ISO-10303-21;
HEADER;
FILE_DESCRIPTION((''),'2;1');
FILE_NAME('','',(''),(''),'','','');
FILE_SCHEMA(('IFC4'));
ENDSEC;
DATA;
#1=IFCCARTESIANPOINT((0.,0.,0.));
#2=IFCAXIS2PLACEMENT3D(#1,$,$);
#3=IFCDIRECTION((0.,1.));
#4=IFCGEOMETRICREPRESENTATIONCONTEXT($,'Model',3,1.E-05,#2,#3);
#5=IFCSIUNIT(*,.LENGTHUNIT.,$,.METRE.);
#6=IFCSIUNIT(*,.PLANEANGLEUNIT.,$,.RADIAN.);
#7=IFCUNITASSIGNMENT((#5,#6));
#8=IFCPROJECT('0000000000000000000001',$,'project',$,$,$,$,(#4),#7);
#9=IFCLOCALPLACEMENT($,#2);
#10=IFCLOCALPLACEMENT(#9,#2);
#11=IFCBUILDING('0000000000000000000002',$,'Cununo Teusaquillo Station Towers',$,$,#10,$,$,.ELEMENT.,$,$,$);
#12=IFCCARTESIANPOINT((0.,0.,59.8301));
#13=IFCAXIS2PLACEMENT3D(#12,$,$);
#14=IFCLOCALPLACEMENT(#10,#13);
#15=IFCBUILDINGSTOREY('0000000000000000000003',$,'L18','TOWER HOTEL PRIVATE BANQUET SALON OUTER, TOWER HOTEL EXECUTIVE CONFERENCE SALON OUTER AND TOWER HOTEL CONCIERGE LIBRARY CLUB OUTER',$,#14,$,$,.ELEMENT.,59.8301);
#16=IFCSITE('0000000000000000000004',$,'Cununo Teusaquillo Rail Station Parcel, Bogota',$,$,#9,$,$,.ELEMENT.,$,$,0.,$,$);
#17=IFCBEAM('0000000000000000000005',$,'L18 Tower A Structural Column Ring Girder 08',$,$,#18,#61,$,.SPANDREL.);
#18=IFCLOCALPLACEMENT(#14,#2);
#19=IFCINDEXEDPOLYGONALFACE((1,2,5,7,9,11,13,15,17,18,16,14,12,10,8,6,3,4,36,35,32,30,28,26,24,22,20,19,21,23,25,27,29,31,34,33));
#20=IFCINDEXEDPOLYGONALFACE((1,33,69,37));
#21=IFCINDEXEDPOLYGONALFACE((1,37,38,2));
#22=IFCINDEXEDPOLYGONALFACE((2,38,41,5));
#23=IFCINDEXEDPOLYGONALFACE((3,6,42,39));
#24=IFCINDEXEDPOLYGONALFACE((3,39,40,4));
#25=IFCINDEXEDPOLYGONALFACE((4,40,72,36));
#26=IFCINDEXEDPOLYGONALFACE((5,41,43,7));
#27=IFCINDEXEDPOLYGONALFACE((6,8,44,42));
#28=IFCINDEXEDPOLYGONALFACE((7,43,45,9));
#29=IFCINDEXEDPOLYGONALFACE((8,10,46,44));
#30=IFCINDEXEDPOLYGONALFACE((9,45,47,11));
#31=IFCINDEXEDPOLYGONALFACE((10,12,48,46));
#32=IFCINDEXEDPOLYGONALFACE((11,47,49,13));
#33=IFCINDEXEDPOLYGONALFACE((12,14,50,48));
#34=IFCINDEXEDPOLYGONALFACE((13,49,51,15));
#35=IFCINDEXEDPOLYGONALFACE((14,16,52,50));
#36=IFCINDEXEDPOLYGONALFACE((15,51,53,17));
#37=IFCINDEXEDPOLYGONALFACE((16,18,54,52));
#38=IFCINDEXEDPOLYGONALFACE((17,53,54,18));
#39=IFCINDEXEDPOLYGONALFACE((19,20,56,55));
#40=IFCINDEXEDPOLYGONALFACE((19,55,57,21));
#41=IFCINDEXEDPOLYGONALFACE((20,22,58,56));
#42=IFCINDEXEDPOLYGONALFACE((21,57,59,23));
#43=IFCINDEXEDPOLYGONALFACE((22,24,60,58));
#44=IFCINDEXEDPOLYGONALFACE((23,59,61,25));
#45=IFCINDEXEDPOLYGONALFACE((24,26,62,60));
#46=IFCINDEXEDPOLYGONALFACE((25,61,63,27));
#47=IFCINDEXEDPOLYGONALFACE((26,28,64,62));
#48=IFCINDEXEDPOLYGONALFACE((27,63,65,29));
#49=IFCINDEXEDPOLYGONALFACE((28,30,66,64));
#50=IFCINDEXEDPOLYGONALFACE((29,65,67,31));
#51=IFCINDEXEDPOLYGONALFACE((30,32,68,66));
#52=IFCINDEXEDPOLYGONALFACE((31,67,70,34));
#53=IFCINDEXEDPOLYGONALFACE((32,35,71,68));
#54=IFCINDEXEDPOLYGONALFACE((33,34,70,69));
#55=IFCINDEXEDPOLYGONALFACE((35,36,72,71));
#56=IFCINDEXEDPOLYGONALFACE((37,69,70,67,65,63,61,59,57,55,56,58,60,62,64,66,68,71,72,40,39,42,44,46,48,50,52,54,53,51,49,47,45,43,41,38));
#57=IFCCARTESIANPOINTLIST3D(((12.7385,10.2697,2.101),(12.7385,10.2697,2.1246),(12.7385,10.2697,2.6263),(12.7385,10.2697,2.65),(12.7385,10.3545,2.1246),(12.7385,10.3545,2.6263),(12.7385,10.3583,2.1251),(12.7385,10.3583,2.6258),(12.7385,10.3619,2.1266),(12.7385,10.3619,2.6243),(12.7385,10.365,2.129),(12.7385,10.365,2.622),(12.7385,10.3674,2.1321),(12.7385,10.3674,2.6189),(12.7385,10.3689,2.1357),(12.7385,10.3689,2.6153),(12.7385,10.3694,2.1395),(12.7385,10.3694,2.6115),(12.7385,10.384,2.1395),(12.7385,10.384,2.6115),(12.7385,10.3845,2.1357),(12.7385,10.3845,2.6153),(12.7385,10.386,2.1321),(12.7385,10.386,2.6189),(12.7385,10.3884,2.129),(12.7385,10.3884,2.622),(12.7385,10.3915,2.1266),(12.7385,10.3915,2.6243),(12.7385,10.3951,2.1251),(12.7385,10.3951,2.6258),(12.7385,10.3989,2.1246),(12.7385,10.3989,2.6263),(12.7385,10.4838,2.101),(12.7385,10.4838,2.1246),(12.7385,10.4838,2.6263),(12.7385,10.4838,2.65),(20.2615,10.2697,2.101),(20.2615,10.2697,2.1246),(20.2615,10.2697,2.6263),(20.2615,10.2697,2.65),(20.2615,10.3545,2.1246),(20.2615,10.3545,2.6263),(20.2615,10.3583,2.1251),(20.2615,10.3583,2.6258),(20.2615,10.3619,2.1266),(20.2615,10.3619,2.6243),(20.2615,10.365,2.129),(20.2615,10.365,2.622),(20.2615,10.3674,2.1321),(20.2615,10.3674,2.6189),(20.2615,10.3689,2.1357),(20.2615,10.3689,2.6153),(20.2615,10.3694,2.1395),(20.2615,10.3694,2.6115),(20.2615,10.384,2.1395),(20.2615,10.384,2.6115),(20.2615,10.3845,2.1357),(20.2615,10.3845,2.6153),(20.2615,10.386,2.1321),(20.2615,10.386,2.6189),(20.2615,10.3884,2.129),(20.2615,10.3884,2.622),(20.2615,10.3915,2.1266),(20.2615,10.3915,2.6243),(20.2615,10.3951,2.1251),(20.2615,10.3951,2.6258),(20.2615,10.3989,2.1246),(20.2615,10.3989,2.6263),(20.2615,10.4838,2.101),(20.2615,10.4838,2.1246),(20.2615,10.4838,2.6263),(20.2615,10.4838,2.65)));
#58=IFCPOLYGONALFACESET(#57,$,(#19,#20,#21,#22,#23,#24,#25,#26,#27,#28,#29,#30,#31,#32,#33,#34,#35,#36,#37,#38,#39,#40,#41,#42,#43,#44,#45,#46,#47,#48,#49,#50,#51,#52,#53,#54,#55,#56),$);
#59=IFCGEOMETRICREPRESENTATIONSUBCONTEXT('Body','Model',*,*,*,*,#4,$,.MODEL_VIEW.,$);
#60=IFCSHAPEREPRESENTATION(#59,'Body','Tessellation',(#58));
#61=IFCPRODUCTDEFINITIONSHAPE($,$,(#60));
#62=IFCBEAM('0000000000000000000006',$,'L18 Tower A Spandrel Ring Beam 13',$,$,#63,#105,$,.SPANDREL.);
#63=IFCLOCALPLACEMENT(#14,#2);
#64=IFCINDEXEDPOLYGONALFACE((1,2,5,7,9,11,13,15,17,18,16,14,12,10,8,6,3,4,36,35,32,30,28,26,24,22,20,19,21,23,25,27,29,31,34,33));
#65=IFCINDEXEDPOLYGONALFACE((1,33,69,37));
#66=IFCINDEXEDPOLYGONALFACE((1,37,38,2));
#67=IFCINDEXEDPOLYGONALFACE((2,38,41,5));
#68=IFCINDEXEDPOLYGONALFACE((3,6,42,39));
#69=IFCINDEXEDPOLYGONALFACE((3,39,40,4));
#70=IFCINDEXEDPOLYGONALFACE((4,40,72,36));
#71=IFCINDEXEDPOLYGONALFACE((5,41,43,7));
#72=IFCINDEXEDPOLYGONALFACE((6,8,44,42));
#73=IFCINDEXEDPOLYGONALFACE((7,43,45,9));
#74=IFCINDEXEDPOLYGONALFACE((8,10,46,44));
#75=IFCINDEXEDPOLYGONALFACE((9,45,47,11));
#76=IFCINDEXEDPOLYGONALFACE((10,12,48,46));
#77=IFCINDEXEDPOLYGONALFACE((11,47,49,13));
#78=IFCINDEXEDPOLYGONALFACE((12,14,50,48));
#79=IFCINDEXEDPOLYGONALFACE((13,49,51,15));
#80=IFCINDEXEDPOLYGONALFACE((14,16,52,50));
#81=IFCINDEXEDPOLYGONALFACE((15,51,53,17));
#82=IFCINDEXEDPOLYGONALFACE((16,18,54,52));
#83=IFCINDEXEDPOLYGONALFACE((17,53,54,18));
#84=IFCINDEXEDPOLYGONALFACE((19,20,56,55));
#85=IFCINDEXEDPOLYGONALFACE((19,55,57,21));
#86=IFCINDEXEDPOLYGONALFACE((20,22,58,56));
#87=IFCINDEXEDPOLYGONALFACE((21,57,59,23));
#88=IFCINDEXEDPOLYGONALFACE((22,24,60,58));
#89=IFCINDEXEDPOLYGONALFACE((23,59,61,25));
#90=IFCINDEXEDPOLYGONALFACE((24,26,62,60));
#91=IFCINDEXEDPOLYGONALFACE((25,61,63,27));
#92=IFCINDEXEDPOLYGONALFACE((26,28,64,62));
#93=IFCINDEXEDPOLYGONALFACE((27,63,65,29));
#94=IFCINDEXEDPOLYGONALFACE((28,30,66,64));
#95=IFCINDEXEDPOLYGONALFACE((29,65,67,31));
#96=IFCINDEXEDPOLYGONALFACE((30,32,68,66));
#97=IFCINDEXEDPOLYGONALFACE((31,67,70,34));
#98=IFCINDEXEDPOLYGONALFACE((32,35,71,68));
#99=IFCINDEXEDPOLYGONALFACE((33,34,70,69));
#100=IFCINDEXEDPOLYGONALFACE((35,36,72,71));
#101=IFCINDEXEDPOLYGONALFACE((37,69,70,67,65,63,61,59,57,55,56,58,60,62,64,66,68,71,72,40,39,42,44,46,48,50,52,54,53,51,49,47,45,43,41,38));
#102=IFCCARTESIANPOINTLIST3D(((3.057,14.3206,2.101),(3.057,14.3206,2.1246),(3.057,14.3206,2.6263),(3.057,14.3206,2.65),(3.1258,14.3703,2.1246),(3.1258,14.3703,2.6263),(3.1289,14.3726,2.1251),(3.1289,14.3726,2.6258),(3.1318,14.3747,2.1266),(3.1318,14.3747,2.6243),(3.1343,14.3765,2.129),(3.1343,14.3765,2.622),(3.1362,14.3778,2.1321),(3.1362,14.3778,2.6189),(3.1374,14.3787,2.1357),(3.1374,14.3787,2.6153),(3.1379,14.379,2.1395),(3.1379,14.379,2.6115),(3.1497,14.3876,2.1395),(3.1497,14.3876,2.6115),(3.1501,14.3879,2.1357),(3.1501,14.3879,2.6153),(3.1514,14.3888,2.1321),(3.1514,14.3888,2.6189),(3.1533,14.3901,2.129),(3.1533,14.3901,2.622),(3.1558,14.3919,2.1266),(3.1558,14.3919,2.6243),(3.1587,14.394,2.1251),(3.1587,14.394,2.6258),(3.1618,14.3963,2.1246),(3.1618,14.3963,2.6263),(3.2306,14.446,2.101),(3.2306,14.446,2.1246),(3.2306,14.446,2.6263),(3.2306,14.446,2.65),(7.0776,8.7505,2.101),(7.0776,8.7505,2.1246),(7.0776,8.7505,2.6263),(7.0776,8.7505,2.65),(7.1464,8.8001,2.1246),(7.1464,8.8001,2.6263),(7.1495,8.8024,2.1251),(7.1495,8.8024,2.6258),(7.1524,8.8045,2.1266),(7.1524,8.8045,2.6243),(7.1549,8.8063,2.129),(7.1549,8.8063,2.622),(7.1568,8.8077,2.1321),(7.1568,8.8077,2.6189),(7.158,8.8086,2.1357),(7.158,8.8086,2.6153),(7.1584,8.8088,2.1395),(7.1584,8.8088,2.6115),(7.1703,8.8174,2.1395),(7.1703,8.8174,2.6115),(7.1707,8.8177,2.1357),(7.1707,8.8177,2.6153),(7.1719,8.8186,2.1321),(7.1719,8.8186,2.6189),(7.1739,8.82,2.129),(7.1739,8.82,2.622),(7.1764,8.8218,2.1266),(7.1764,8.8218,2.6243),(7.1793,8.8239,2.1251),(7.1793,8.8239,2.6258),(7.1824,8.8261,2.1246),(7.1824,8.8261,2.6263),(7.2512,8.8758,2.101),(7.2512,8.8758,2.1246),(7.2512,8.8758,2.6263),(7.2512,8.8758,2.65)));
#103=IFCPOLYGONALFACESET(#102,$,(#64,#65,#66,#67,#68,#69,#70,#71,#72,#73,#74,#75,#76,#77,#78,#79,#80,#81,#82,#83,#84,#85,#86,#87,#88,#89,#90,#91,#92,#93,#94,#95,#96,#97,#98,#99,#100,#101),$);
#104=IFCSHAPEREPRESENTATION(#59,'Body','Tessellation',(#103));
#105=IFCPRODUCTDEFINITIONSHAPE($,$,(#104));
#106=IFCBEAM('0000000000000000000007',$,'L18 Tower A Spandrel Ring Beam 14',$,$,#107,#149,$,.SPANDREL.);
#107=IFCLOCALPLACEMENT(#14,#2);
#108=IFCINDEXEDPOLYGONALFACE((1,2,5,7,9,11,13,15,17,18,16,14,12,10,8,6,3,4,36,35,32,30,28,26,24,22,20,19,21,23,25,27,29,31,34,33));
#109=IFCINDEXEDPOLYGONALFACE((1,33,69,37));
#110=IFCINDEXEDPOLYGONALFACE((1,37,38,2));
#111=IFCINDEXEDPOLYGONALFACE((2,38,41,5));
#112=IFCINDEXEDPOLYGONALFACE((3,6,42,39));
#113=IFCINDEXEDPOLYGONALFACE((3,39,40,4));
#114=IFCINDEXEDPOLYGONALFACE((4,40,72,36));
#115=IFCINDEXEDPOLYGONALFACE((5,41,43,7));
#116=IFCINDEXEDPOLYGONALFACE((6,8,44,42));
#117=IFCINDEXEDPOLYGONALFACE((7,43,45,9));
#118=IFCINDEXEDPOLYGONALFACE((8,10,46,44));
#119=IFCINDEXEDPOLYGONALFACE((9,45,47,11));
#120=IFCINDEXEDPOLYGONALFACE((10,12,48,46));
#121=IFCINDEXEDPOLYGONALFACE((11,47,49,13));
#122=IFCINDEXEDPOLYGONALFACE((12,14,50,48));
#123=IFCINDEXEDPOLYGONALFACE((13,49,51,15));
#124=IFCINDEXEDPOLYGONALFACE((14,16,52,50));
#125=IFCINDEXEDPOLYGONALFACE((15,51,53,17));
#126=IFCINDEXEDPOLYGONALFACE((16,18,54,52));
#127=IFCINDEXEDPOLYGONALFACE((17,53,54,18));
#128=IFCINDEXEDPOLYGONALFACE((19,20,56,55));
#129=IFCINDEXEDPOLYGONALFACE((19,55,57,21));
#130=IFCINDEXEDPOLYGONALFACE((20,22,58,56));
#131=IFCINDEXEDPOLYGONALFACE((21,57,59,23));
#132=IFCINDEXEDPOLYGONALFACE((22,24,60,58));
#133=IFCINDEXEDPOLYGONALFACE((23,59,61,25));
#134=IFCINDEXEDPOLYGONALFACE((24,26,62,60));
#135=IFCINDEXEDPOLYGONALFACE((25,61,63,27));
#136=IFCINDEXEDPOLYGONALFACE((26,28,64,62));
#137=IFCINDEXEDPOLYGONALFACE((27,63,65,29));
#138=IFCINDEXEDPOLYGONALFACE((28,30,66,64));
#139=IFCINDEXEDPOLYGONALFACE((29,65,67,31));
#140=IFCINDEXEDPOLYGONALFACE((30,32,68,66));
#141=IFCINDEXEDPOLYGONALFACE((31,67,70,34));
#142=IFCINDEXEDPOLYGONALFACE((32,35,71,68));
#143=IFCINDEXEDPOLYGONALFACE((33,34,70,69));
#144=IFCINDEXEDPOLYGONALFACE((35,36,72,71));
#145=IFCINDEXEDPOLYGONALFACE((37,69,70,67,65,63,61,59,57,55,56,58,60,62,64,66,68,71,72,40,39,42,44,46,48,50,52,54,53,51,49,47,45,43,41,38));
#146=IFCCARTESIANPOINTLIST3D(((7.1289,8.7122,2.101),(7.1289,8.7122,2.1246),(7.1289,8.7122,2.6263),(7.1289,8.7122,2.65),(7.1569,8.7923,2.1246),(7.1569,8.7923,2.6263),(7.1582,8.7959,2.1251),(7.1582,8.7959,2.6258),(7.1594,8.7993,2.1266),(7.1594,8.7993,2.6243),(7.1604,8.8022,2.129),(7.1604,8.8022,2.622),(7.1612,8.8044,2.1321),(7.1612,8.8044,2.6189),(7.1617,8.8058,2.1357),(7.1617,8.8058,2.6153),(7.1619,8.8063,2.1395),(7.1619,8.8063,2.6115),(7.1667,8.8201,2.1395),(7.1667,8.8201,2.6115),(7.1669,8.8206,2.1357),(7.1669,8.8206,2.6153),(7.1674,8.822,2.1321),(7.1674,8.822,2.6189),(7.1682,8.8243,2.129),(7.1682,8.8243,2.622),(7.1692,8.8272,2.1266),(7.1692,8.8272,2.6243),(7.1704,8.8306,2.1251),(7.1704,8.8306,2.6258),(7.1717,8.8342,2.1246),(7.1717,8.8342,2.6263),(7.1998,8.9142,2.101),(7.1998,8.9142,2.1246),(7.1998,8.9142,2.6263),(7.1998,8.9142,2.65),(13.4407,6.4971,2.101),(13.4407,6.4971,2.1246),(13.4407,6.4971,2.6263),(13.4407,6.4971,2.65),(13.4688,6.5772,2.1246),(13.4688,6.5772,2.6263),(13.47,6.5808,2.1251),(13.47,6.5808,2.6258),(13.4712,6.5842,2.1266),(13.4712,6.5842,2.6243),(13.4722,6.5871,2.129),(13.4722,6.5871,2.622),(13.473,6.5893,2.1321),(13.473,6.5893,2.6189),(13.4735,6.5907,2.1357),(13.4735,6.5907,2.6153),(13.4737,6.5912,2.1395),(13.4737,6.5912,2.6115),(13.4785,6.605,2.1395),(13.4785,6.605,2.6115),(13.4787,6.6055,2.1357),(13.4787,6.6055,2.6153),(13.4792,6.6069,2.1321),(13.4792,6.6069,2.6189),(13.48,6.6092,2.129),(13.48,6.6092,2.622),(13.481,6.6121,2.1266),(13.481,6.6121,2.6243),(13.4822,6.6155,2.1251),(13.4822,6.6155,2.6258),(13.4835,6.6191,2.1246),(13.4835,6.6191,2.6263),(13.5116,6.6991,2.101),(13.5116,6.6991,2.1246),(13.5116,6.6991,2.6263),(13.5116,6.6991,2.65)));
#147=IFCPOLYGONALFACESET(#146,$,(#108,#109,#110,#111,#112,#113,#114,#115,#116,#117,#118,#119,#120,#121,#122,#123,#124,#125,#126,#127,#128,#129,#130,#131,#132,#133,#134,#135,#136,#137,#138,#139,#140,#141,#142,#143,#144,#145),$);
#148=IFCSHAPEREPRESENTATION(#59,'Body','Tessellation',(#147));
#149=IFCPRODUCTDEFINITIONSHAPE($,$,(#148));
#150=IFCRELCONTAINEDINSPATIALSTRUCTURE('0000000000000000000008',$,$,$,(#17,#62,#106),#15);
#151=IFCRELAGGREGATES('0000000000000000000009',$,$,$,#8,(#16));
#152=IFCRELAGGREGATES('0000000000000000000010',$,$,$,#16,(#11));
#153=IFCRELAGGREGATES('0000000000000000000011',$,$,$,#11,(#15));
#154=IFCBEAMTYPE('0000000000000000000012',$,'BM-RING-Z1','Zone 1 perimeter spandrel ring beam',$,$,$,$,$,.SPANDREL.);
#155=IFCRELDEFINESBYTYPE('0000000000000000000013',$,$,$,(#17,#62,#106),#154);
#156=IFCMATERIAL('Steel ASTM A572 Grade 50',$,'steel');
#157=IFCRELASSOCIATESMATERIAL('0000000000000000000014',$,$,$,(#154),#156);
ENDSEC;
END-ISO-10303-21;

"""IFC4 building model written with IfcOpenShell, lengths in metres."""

from ifc_helpers import new_model, si_unit, direction, frame, origin, origin_2d, place, context, subcontext, project, spatial, i_section, extrude, material, material_profile, profile_set, type_object, element, save


model = new_model("IFC4")

# Units and contexts
model_context = context("Model", 3, precision=1e-05, world=origin(), true_north=direction((0.0, 1.0)))
body_context = subcontext(model_context, "Body", "Model", "MODEL_VIEW")
ifc_project = project(units=[si_unit("LENGTHUNIT", "METRE"), si_unit("PLANEANGLEUNIT", "RADIAN")], contexts=[model_context])

# Site, building, storey
site_placement = place(None, origin())
site = spatial("IfcSite", under=ifc_project, at=site_placement, Name="Cununo Teusaquillo Rail Station Parcel, Bogota", CompositionType="ELEMENT", RefElevation=0.0)
building_placement = place(site_placement, origin())
building = spatial("IfcBuilding", under=site, at=building_placement, Name="Cununo Teusaquillo Station Towers", CompositionType="ELEMENT")
storey_placement = place(building_placement, frame((0.0, 0.0, 59.8301)))
storey = spatial("IfcBuildingStorey", under=building, at=storey_placement, Name="L18", Description="TOWER HOTEL PRIVATE BANQUET SALON OUTER, TOWER HOTEL EXECUTIVE CONFERENCE SALON OUTER AND TOWER HOTEL CONCIERGE LIBRARY CLUB OUTER", CompositionType="ELEMENT", Elevation=59.8301)

# Beams
ifc_material_1 = material(Name="Steel ASTM A572 Grade 50", Category="steel")
ifc_material_profile_1 = material_profile(ifc_material_1, i_section(OverallWidth=0.2141, OverallDepth=0.5491, WebThickness=0.0146, FlangeThickness=0.0237, FilletRadius=0.0149, at=origin_2d()), Name="W21X93")
ifc_profile_set_1 = profile_set([ifc_material_profile_1], Name="Steel ASTM A572 Grade 50")
beam_type = type_object("IfcBeamType", Name="BM-RING-Z1", Description="Zone 1 perimeter spandrel ring beam", PredefinedType="SPANDREL", material=ifc_profile_set_1)
beam_1_placement = place(storey_placement, frame((12.7385, 10.3767, 2.3755), z_axis=(1.0, 0.0, 0.0), x_axis=(0.0, 1.0, 0.0)))
element("IfcBeam", 1, at=beam_1_placement, inside=storey, type_object=beam_type, Name="L18 Tower A Structural Column Ring Girder 08", PredefinedType="SPANDREL", context=body_context, shape_type="SweptSolid", body=[
    extrude(i_section(OverallWidth=0.2141, OverallDepth=0.5491, WebThickness=0.0146, FlangeThickness=0.0237, FilletRadius=0.0149, at=origin_2d()), origin(), (0.0, 0.0, 1.0), 7.5229),
])
beam_2_placement = place(storey_placement, frame((3.1438, 14.3833, 2.3755), z_axis=(0.585269, -0.810839, 0.0), x_axis=(0.810839, 0.585269, 0.0)))
element("IfcBeam", 2, at=beam_2_placement, inside=storey, type_object=beam_type, Name="L18 Tower A Spandrel Ring Beam 13", PredefinedType="SPANDREL", context=body_context, shape_type="SweptSolid", body=[
    extrude(i_section(OverallWidth=0.2141, OverallDepth=0.5491, WebThickness=0.0146, FlangeThickness=0.0237, FilletRadius=0.0149, at=origin_2d()), origin(), (0.0, 0.0, 1.0), 6.8696),
])
beam_3_placement = place(storey_placement, frame((7.1643, 8.8132, 2.3755), z_axis=(0.94358, -0.331145, 0.0), x_axis=(0.331145, 0.94358, 0.0)))
element("IfcBeam", 3, at=beam_3_placement, inside=storey, type_object=beam_type, Name="L18 Tower A Spandrel Ring Beam 14", PredefinedType="SPANDREL", context=body_context, shape_type="SweptSolid", body=[
    extrude(i_section(OverallWidth=0.2141, OverallDepth=0.5491, WebThickness=0.0146, FlangeThickness=0.0237, FilletRadius=0.0149, at=origin_2d()), origin(), (0.0, 0.0, 1.0), 6.6892),
])

save(model, "model.ifc")
